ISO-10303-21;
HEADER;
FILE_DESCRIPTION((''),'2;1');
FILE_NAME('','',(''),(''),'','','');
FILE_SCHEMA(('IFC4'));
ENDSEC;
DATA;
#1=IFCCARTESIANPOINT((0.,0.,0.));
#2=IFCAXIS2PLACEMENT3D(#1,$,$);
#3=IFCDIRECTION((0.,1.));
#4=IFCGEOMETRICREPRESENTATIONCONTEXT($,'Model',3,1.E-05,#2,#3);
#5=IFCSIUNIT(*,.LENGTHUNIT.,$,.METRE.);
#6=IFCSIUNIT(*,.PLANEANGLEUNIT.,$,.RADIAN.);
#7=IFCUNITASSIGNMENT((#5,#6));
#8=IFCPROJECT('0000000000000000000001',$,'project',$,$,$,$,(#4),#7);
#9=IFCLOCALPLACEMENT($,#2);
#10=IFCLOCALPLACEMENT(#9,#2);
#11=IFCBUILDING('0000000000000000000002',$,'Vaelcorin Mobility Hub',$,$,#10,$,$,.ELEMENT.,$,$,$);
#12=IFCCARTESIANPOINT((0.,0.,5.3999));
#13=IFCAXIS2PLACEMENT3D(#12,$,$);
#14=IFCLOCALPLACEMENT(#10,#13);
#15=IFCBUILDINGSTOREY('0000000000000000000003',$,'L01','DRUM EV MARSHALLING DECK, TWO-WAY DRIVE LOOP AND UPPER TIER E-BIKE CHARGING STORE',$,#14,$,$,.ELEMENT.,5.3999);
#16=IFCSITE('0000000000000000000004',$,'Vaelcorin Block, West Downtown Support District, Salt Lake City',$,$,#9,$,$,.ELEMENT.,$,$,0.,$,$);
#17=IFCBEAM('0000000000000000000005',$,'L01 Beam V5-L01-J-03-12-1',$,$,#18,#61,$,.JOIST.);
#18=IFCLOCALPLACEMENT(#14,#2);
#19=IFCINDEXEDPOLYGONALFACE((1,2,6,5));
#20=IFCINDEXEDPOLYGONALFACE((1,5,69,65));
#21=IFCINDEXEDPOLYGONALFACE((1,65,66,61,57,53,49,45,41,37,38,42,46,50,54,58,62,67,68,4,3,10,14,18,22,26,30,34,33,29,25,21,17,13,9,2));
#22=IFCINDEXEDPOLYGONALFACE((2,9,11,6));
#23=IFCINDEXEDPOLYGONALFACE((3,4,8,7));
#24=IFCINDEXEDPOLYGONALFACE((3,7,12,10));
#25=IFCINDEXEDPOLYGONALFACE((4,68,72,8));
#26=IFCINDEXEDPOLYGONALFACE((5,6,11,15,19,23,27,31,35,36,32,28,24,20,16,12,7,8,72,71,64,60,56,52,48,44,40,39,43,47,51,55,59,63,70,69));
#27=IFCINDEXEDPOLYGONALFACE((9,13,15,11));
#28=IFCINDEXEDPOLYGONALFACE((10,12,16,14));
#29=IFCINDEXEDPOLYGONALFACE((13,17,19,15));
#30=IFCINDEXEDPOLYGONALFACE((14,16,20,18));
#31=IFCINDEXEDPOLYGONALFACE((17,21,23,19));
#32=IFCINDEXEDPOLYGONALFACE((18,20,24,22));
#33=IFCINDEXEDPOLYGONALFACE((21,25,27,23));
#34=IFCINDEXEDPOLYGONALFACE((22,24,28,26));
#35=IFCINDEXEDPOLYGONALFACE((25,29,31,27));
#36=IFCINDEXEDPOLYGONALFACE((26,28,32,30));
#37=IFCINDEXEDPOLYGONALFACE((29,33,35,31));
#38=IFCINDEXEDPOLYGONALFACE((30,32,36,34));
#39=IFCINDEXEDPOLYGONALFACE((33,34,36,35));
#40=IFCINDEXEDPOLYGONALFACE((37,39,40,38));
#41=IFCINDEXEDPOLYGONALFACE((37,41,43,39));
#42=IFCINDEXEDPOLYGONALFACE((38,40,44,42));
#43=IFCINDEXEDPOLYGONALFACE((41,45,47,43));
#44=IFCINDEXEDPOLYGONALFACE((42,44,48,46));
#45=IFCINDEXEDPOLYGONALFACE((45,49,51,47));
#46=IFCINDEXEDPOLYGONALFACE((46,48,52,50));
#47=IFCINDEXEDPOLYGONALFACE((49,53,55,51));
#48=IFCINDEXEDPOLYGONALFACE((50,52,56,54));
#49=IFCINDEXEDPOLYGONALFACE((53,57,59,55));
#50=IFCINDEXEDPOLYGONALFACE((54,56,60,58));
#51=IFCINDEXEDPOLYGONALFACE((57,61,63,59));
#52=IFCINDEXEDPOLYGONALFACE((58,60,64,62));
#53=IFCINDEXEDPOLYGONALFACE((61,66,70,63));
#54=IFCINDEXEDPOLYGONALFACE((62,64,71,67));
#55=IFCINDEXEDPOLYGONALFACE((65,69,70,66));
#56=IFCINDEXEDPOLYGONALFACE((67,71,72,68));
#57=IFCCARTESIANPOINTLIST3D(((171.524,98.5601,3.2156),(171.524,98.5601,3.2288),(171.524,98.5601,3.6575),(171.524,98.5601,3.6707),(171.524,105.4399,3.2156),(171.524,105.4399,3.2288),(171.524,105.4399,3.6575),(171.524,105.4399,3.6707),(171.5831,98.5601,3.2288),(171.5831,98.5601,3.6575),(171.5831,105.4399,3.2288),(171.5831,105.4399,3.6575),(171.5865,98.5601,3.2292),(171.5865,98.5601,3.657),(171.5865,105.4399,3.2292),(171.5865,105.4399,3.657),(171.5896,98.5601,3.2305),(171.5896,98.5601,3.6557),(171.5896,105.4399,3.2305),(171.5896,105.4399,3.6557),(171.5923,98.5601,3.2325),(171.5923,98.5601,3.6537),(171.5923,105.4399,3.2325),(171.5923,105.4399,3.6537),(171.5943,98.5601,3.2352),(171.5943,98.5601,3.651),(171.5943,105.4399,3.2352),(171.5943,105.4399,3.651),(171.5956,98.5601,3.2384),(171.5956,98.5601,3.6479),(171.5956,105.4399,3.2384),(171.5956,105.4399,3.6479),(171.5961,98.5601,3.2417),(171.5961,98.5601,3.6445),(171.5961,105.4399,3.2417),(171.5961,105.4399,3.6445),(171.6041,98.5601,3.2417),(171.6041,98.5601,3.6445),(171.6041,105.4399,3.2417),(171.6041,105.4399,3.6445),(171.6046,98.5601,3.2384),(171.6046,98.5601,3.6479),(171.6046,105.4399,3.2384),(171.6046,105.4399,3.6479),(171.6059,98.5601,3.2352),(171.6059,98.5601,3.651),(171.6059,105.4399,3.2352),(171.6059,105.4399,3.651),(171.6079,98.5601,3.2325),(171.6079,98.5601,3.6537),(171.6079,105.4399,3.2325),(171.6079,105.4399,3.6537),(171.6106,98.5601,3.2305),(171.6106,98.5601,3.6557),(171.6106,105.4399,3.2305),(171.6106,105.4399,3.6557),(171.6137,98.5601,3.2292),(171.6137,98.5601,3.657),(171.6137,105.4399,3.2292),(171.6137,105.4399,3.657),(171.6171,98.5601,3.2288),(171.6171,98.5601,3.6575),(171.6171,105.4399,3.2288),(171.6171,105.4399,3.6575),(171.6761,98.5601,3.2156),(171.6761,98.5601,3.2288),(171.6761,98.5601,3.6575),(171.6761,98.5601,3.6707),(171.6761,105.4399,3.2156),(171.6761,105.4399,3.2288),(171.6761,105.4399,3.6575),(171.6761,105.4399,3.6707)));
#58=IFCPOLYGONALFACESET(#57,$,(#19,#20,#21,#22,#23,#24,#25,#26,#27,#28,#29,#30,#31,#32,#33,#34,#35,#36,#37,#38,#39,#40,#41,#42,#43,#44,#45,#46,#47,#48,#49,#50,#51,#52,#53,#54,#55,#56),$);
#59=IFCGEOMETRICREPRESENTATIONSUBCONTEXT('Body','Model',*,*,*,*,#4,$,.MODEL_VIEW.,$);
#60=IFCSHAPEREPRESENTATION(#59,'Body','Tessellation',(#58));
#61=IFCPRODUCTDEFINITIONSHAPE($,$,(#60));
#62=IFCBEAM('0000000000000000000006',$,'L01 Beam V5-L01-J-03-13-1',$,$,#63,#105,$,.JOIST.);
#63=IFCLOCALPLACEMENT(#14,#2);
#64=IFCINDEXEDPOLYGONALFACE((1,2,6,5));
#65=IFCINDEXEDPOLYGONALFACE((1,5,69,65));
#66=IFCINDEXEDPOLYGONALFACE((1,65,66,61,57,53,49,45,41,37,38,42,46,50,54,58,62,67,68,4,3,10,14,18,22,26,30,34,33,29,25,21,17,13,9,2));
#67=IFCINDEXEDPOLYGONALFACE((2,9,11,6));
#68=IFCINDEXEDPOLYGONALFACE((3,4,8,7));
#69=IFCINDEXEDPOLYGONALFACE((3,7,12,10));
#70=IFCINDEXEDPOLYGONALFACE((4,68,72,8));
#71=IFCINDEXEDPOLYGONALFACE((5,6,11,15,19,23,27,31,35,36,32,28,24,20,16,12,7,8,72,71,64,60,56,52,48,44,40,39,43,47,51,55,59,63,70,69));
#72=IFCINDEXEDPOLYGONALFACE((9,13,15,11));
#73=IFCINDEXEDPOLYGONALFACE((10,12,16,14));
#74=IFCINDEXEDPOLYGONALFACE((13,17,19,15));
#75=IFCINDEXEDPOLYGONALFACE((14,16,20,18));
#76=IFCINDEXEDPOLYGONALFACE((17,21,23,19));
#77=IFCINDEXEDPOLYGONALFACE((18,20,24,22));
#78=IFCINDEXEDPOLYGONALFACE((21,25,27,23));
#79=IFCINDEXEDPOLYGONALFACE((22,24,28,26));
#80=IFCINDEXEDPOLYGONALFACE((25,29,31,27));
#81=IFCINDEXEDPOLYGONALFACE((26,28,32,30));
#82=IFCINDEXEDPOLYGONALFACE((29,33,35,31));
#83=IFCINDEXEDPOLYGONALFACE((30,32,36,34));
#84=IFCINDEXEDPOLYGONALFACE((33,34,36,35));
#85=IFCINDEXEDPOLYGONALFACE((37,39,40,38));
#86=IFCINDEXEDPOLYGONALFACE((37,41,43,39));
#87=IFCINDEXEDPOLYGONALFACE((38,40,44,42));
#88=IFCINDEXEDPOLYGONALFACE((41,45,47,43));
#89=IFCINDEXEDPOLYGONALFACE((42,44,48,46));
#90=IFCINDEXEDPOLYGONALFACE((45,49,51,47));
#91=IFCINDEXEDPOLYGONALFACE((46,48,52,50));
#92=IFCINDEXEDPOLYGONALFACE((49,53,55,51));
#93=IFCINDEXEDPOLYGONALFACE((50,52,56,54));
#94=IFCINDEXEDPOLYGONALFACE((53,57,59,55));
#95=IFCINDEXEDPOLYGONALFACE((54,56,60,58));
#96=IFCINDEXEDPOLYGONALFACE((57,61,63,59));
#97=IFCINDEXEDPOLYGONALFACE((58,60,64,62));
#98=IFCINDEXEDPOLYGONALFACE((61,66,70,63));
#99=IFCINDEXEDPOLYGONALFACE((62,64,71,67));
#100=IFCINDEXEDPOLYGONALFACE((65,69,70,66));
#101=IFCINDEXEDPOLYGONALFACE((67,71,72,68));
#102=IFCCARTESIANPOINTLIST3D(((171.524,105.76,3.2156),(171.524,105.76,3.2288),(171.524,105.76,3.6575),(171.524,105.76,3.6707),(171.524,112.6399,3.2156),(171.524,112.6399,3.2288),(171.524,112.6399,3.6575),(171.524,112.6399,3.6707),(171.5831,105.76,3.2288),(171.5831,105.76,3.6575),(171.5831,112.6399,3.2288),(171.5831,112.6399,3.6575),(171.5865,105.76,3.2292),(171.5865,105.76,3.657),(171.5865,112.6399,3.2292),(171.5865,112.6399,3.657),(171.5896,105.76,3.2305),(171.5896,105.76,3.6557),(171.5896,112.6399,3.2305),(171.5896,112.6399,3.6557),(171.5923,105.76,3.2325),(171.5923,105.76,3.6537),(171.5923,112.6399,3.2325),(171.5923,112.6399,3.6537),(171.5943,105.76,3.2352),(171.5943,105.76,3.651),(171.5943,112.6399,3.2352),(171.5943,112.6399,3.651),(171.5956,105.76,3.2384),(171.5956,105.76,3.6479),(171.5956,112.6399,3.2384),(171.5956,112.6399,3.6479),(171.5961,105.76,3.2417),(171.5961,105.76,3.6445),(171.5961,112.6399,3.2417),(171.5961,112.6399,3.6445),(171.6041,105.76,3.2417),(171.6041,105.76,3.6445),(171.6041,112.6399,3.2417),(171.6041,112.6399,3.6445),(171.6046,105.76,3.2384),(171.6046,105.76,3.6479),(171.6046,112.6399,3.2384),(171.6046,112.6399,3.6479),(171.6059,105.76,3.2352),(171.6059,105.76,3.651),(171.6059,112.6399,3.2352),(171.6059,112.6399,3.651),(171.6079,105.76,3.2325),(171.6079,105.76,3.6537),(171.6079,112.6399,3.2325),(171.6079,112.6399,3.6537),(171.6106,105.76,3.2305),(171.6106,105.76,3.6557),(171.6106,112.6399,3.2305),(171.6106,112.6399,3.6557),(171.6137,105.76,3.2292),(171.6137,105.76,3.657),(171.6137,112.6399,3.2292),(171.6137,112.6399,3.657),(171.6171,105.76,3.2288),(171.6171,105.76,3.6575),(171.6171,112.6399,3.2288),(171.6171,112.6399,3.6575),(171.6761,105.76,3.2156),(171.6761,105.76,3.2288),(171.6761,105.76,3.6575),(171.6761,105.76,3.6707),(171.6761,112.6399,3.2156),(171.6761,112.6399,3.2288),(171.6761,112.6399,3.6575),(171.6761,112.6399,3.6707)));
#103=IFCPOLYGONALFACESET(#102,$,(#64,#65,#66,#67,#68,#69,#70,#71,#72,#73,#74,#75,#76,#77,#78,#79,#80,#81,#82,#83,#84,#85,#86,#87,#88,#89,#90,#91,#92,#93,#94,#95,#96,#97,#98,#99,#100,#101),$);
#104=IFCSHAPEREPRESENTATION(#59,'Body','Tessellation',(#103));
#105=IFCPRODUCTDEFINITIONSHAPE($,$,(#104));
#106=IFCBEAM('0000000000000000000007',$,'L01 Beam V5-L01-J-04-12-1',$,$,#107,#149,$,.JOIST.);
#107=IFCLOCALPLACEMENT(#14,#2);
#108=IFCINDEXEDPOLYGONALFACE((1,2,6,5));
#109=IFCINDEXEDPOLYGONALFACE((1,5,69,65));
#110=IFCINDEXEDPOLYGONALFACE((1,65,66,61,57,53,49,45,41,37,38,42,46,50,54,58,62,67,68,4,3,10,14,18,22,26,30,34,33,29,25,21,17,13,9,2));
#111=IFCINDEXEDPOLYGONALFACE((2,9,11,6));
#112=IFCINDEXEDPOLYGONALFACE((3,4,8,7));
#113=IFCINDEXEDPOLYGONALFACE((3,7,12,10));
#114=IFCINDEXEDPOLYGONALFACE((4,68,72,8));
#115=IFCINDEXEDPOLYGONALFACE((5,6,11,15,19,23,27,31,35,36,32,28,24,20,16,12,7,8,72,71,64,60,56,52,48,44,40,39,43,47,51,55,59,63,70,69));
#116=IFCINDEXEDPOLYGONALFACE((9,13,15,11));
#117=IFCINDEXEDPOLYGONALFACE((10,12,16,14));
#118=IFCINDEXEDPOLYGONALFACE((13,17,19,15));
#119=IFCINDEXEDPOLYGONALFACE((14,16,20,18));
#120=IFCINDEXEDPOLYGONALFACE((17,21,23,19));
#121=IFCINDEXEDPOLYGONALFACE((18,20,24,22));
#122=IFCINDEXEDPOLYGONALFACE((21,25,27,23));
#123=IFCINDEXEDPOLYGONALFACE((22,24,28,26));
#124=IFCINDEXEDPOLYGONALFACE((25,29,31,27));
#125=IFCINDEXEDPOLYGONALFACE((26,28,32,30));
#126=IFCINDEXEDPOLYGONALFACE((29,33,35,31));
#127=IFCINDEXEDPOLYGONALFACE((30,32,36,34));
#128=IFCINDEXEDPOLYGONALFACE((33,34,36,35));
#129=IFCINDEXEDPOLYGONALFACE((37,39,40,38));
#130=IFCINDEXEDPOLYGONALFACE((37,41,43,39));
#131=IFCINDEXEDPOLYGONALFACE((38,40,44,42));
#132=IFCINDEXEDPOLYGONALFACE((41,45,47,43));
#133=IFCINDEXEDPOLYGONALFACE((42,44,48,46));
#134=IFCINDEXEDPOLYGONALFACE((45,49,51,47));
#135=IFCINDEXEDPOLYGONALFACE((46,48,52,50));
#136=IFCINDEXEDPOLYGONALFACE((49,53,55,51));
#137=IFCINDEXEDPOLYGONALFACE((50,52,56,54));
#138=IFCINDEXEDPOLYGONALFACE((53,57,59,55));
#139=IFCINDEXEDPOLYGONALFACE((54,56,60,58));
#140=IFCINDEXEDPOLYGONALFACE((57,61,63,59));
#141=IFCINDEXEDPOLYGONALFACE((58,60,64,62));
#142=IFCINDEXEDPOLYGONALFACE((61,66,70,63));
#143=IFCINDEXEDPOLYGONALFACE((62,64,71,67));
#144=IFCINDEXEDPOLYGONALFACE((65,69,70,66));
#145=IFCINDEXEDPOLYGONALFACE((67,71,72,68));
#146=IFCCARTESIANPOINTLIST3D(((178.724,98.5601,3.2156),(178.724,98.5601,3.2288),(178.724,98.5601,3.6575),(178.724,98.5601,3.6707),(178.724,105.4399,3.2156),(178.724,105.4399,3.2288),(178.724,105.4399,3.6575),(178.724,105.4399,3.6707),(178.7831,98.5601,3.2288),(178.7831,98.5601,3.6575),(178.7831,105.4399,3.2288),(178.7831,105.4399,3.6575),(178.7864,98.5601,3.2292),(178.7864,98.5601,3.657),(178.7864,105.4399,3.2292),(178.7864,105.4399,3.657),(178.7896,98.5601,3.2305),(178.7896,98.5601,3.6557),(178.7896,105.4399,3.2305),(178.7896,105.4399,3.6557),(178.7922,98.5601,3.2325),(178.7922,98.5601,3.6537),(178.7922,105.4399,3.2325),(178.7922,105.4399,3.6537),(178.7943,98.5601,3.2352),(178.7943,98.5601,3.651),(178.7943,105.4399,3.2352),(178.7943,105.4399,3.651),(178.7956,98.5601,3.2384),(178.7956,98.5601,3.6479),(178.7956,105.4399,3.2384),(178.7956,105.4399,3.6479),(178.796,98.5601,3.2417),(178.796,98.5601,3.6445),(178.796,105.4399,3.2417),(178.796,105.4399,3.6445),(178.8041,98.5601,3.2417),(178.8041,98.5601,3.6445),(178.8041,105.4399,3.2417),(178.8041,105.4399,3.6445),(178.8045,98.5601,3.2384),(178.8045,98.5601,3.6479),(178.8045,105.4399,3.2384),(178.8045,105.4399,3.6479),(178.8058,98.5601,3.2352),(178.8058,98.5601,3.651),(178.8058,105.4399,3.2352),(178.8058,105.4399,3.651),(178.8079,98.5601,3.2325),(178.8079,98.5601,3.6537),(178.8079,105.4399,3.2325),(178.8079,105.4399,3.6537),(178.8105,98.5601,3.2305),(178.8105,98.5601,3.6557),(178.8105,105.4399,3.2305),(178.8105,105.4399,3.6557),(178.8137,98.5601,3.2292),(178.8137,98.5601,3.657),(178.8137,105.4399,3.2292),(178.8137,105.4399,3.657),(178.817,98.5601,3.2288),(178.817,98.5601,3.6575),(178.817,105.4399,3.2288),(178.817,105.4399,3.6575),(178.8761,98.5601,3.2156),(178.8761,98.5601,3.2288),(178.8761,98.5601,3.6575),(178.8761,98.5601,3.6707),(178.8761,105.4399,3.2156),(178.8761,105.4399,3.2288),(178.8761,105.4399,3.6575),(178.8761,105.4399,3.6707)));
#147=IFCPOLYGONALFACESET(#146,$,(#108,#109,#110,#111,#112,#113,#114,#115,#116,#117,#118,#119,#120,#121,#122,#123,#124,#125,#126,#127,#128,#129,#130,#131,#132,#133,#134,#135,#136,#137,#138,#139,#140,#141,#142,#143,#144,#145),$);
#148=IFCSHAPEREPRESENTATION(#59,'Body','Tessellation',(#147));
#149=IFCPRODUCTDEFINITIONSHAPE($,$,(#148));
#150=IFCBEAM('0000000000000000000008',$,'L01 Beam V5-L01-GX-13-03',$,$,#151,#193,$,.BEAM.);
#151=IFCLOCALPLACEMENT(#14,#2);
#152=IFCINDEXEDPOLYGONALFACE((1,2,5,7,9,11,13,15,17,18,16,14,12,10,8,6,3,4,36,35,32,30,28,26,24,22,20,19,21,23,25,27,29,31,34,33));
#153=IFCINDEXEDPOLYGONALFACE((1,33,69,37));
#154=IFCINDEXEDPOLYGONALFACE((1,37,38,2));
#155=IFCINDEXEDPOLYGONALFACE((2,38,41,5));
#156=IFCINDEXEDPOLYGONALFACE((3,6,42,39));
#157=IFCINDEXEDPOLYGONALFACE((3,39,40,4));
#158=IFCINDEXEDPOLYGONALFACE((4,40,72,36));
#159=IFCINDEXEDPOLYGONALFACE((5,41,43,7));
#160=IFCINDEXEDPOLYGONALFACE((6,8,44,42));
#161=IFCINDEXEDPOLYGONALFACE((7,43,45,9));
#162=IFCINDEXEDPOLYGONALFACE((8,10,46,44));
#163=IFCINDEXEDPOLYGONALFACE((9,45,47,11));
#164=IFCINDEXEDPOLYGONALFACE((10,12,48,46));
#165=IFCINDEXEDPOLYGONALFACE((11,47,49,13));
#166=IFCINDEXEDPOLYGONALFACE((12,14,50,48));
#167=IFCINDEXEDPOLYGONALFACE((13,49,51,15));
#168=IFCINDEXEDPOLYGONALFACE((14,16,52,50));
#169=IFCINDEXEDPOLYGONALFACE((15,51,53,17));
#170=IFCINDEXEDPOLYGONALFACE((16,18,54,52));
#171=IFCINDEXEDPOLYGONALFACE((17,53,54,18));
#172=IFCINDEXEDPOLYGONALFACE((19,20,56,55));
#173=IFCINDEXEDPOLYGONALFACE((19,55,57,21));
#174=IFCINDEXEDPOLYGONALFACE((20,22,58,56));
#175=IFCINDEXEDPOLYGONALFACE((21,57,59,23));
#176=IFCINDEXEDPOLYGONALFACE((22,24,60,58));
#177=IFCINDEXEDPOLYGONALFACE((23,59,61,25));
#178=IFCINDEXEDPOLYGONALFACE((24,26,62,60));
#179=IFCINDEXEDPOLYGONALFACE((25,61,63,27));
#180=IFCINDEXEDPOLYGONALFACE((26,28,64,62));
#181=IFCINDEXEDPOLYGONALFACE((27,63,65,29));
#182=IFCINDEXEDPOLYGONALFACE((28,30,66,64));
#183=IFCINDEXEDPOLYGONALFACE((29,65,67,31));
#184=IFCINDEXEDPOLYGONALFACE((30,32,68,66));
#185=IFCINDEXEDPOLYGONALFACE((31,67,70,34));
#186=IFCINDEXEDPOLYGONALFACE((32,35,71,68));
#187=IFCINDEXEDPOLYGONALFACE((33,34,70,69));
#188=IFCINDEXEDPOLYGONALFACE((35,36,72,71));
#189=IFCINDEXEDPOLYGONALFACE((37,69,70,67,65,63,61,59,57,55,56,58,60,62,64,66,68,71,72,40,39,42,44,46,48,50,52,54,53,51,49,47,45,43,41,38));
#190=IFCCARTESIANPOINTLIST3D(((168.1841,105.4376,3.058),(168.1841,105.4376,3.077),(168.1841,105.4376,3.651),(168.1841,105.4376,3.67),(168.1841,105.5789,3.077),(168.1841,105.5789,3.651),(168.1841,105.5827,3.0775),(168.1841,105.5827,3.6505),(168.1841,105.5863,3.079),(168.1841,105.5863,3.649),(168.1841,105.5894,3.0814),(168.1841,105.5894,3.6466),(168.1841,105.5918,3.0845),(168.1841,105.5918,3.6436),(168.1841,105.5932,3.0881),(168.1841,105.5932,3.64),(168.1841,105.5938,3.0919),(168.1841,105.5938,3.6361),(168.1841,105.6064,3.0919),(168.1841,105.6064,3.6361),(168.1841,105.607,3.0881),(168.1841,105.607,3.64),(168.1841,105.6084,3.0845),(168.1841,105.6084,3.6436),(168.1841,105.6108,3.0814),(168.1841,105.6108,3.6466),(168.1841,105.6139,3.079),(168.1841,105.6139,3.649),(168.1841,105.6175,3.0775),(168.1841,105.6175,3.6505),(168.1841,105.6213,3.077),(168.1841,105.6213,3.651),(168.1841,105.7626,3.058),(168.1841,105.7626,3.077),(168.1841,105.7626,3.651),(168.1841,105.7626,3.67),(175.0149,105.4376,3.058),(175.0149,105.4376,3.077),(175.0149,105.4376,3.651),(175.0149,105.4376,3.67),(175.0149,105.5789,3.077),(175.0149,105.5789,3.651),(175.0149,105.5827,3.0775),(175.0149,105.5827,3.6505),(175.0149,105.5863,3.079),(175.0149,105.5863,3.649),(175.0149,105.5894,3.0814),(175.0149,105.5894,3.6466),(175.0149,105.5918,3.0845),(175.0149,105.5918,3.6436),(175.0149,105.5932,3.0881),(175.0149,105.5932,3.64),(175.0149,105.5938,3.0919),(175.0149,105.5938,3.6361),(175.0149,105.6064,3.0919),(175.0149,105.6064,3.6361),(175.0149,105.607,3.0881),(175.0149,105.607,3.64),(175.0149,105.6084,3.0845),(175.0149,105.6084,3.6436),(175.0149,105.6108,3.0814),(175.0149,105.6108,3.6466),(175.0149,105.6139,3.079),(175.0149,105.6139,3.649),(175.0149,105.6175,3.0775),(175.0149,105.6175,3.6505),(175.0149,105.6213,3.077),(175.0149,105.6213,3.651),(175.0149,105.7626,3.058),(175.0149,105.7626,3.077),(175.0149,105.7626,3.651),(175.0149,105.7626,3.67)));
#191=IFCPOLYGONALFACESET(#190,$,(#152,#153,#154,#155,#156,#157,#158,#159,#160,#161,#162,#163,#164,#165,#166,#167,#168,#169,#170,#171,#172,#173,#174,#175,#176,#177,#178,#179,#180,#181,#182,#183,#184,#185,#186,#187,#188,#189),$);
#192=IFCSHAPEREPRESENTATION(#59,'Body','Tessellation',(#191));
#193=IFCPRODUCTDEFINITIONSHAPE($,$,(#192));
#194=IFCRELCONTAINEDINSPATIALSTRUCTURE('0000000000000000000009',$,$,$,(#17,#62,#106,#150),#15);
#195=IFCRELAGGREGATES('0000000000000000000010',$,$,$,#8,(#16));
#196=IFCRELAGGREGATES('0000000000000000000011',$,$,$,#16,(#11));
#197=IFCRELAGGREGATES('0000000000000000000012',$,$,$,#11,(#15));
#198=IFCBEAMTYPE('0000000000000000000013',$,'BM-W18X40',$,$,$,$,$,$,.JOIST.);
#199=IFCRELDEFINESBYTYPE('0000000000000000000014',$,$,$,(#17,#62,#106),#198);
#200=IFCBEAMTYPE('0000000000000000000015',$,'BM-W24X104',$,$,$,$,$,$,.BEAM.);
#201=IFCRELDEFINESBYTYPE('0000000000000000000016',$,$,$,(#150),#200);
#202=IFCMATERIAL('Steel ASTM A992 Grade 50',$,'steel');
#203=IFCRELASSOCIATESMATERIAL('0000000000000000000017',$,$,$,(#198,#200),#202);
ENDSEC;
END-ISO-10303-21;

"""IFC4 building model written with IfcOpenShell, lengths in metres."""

from ifc_helpers import new_model, si_unit, direction, frame, origin, origin_2d, place, context, subcontext, project, spatial, i_section, extrude, material, material_profile, profile_set, type_object, element, save


model = new_model("IFC4")

# Units and contexts
model_context = context("Model", 3, precision=1e-05, world=origin(), true_north=direction((0.0, 1.0)))
body_context = subcontext(model_context, "Body", "Model", "MODEL_VIEW")
ifc_project = project(units=[si_unit("LENGTHUNIT", "METRE"), si_unit("PLANEANGLEUNIT", "RADIAN")], contexts=[model_context])

# Site, building, storey
site_placement = place(None, origin())
site = spatial("IfcSite", under=ifc_project, at=site_placement, Name="Vaelcorin Block, West Downtown Support District, Salt Lake City", CompositionType="ELEMENT", RefElevation=0.0)
building_placement = place(site_placement, origin())
building = spatial("IfcBuilding", under=site, at=building_placement, Name="Vaelcorin Mobility Hub", CompositionType="ELEMENT")
storey_placement = place(building_placement, frame((0.0, 0.0, 5.3999)))
storey = spatial("IfcBuildingStorey", under=building, at=storey_placement, Name="L01", Description="DRUM EV MARSHALLING DECK, TWO-WAY DRIVE LOOP AND UPPER TIER E-BIKE CHARGING STORE", CompositionType="ELEMENT", Elevation=5.3999)

# Shared definitions
ifc_material_1 = material(Name="Steel ASTM A992 Grade 50", Category="steel")

# Beams
ifc_material_profile_1 = material_profile(ifc_material_1, i_section(OverallWidth=0.1521, OverallDepth=0.4551, WebThickness=0.0081, FlangeThickness=0.0132, FilletRadius=0.0129, at=origin_2d()), Name="W18X40")
ifc_profile_set_1 = profile_set([ifc_material_profile_1], Name="Steel ASTM A992 Grade 50")
beam_type_1 = type_object("IfcBeamType", Name="BM-W18X40", PredefinedType="JOIST", material=ifc_profile_set_1)
for number, where, z_axis, x_axis, name in (
    (1, (171.6001, 98.5601, 3.4431), (0.0, 1.0, 0.0), (-1.0, 0.0, 0.0), "L01 Beam V5-L01-J-03-12-1"),
    (2, (171.6001, 105.76, 3.4431), (0.0, 1.0, 0.0), (-1.0, 0.0, 0.0), "L01 Beam V5-L01-J-03-13-1"),
    (3, (178.8, 98.5601, 3.4431), (0.0, 1.0, 0.0), (-1.0, 0.0, 0.0), "L01 Beam V5-L01-J-04-12-1"),
):
    element("IfcBeam", number, at=place(storey_placement, frame(where, z_axis=z_axis, x_axis=x_axis)), inside=storey, type_object=beam_type_1, Name=name, PredefinedType="JOIST", context=body_context, shape_type="SweptSolid", body=[
        extrude(i_section(OverallWidth=0.1521, OverallDepth=0.4551, WebThickness=0.0081, FlangeThickness=0.0132, FilletRadius=0.0129, at=origin_2d()), origin(), (0.0, 0.0, 1.0), 6.8799),
    ])
ifc_material_profile_2 = material_profile(ifc_material_1, i_section(OverallWidth=0.325, OverallDepth=0.6121, WebThickness=0.0127, FlangeThickness=0.019, FilletRadius=0.0149, at=origin_2d()), Name="W24X104")
ifc_profile_set_2 = profile_set([ifc_material_profile_2], Name="Steel ASTM A992 Grade 50")
beam_type_2 = type_object("IfcBeamType", Name="BM-W24X104", PredefinedType="BEAM", material=ifc_profile_set_2)
beam_1_placement = place(storey_placement, frame((168.1841, 105.6001, 3.364), z_axis=(1.0, 0.0, 0.0), x_axis=(0.0, 1.0, 0.0)))
element("IfcBeam", 4, at=beam_1_placement, inside=storey, type_object=beam_type_2, Name="L01 Beam V5-L01-GX-13-03", PredefinedType="BEAM", context=body_context, shape_type="SweptSolid", body=[
    extrude(i_section(OverallWidth=0.325, OverallDepth=0.6121, WebThickness=0.0127, FlangeThickness=0.019, FilletRadius=0.0149, at=origin_2d()), origin(), (0.0, 0.0, 1.0), 6.8308),
])

save(model, "model.ifc")
